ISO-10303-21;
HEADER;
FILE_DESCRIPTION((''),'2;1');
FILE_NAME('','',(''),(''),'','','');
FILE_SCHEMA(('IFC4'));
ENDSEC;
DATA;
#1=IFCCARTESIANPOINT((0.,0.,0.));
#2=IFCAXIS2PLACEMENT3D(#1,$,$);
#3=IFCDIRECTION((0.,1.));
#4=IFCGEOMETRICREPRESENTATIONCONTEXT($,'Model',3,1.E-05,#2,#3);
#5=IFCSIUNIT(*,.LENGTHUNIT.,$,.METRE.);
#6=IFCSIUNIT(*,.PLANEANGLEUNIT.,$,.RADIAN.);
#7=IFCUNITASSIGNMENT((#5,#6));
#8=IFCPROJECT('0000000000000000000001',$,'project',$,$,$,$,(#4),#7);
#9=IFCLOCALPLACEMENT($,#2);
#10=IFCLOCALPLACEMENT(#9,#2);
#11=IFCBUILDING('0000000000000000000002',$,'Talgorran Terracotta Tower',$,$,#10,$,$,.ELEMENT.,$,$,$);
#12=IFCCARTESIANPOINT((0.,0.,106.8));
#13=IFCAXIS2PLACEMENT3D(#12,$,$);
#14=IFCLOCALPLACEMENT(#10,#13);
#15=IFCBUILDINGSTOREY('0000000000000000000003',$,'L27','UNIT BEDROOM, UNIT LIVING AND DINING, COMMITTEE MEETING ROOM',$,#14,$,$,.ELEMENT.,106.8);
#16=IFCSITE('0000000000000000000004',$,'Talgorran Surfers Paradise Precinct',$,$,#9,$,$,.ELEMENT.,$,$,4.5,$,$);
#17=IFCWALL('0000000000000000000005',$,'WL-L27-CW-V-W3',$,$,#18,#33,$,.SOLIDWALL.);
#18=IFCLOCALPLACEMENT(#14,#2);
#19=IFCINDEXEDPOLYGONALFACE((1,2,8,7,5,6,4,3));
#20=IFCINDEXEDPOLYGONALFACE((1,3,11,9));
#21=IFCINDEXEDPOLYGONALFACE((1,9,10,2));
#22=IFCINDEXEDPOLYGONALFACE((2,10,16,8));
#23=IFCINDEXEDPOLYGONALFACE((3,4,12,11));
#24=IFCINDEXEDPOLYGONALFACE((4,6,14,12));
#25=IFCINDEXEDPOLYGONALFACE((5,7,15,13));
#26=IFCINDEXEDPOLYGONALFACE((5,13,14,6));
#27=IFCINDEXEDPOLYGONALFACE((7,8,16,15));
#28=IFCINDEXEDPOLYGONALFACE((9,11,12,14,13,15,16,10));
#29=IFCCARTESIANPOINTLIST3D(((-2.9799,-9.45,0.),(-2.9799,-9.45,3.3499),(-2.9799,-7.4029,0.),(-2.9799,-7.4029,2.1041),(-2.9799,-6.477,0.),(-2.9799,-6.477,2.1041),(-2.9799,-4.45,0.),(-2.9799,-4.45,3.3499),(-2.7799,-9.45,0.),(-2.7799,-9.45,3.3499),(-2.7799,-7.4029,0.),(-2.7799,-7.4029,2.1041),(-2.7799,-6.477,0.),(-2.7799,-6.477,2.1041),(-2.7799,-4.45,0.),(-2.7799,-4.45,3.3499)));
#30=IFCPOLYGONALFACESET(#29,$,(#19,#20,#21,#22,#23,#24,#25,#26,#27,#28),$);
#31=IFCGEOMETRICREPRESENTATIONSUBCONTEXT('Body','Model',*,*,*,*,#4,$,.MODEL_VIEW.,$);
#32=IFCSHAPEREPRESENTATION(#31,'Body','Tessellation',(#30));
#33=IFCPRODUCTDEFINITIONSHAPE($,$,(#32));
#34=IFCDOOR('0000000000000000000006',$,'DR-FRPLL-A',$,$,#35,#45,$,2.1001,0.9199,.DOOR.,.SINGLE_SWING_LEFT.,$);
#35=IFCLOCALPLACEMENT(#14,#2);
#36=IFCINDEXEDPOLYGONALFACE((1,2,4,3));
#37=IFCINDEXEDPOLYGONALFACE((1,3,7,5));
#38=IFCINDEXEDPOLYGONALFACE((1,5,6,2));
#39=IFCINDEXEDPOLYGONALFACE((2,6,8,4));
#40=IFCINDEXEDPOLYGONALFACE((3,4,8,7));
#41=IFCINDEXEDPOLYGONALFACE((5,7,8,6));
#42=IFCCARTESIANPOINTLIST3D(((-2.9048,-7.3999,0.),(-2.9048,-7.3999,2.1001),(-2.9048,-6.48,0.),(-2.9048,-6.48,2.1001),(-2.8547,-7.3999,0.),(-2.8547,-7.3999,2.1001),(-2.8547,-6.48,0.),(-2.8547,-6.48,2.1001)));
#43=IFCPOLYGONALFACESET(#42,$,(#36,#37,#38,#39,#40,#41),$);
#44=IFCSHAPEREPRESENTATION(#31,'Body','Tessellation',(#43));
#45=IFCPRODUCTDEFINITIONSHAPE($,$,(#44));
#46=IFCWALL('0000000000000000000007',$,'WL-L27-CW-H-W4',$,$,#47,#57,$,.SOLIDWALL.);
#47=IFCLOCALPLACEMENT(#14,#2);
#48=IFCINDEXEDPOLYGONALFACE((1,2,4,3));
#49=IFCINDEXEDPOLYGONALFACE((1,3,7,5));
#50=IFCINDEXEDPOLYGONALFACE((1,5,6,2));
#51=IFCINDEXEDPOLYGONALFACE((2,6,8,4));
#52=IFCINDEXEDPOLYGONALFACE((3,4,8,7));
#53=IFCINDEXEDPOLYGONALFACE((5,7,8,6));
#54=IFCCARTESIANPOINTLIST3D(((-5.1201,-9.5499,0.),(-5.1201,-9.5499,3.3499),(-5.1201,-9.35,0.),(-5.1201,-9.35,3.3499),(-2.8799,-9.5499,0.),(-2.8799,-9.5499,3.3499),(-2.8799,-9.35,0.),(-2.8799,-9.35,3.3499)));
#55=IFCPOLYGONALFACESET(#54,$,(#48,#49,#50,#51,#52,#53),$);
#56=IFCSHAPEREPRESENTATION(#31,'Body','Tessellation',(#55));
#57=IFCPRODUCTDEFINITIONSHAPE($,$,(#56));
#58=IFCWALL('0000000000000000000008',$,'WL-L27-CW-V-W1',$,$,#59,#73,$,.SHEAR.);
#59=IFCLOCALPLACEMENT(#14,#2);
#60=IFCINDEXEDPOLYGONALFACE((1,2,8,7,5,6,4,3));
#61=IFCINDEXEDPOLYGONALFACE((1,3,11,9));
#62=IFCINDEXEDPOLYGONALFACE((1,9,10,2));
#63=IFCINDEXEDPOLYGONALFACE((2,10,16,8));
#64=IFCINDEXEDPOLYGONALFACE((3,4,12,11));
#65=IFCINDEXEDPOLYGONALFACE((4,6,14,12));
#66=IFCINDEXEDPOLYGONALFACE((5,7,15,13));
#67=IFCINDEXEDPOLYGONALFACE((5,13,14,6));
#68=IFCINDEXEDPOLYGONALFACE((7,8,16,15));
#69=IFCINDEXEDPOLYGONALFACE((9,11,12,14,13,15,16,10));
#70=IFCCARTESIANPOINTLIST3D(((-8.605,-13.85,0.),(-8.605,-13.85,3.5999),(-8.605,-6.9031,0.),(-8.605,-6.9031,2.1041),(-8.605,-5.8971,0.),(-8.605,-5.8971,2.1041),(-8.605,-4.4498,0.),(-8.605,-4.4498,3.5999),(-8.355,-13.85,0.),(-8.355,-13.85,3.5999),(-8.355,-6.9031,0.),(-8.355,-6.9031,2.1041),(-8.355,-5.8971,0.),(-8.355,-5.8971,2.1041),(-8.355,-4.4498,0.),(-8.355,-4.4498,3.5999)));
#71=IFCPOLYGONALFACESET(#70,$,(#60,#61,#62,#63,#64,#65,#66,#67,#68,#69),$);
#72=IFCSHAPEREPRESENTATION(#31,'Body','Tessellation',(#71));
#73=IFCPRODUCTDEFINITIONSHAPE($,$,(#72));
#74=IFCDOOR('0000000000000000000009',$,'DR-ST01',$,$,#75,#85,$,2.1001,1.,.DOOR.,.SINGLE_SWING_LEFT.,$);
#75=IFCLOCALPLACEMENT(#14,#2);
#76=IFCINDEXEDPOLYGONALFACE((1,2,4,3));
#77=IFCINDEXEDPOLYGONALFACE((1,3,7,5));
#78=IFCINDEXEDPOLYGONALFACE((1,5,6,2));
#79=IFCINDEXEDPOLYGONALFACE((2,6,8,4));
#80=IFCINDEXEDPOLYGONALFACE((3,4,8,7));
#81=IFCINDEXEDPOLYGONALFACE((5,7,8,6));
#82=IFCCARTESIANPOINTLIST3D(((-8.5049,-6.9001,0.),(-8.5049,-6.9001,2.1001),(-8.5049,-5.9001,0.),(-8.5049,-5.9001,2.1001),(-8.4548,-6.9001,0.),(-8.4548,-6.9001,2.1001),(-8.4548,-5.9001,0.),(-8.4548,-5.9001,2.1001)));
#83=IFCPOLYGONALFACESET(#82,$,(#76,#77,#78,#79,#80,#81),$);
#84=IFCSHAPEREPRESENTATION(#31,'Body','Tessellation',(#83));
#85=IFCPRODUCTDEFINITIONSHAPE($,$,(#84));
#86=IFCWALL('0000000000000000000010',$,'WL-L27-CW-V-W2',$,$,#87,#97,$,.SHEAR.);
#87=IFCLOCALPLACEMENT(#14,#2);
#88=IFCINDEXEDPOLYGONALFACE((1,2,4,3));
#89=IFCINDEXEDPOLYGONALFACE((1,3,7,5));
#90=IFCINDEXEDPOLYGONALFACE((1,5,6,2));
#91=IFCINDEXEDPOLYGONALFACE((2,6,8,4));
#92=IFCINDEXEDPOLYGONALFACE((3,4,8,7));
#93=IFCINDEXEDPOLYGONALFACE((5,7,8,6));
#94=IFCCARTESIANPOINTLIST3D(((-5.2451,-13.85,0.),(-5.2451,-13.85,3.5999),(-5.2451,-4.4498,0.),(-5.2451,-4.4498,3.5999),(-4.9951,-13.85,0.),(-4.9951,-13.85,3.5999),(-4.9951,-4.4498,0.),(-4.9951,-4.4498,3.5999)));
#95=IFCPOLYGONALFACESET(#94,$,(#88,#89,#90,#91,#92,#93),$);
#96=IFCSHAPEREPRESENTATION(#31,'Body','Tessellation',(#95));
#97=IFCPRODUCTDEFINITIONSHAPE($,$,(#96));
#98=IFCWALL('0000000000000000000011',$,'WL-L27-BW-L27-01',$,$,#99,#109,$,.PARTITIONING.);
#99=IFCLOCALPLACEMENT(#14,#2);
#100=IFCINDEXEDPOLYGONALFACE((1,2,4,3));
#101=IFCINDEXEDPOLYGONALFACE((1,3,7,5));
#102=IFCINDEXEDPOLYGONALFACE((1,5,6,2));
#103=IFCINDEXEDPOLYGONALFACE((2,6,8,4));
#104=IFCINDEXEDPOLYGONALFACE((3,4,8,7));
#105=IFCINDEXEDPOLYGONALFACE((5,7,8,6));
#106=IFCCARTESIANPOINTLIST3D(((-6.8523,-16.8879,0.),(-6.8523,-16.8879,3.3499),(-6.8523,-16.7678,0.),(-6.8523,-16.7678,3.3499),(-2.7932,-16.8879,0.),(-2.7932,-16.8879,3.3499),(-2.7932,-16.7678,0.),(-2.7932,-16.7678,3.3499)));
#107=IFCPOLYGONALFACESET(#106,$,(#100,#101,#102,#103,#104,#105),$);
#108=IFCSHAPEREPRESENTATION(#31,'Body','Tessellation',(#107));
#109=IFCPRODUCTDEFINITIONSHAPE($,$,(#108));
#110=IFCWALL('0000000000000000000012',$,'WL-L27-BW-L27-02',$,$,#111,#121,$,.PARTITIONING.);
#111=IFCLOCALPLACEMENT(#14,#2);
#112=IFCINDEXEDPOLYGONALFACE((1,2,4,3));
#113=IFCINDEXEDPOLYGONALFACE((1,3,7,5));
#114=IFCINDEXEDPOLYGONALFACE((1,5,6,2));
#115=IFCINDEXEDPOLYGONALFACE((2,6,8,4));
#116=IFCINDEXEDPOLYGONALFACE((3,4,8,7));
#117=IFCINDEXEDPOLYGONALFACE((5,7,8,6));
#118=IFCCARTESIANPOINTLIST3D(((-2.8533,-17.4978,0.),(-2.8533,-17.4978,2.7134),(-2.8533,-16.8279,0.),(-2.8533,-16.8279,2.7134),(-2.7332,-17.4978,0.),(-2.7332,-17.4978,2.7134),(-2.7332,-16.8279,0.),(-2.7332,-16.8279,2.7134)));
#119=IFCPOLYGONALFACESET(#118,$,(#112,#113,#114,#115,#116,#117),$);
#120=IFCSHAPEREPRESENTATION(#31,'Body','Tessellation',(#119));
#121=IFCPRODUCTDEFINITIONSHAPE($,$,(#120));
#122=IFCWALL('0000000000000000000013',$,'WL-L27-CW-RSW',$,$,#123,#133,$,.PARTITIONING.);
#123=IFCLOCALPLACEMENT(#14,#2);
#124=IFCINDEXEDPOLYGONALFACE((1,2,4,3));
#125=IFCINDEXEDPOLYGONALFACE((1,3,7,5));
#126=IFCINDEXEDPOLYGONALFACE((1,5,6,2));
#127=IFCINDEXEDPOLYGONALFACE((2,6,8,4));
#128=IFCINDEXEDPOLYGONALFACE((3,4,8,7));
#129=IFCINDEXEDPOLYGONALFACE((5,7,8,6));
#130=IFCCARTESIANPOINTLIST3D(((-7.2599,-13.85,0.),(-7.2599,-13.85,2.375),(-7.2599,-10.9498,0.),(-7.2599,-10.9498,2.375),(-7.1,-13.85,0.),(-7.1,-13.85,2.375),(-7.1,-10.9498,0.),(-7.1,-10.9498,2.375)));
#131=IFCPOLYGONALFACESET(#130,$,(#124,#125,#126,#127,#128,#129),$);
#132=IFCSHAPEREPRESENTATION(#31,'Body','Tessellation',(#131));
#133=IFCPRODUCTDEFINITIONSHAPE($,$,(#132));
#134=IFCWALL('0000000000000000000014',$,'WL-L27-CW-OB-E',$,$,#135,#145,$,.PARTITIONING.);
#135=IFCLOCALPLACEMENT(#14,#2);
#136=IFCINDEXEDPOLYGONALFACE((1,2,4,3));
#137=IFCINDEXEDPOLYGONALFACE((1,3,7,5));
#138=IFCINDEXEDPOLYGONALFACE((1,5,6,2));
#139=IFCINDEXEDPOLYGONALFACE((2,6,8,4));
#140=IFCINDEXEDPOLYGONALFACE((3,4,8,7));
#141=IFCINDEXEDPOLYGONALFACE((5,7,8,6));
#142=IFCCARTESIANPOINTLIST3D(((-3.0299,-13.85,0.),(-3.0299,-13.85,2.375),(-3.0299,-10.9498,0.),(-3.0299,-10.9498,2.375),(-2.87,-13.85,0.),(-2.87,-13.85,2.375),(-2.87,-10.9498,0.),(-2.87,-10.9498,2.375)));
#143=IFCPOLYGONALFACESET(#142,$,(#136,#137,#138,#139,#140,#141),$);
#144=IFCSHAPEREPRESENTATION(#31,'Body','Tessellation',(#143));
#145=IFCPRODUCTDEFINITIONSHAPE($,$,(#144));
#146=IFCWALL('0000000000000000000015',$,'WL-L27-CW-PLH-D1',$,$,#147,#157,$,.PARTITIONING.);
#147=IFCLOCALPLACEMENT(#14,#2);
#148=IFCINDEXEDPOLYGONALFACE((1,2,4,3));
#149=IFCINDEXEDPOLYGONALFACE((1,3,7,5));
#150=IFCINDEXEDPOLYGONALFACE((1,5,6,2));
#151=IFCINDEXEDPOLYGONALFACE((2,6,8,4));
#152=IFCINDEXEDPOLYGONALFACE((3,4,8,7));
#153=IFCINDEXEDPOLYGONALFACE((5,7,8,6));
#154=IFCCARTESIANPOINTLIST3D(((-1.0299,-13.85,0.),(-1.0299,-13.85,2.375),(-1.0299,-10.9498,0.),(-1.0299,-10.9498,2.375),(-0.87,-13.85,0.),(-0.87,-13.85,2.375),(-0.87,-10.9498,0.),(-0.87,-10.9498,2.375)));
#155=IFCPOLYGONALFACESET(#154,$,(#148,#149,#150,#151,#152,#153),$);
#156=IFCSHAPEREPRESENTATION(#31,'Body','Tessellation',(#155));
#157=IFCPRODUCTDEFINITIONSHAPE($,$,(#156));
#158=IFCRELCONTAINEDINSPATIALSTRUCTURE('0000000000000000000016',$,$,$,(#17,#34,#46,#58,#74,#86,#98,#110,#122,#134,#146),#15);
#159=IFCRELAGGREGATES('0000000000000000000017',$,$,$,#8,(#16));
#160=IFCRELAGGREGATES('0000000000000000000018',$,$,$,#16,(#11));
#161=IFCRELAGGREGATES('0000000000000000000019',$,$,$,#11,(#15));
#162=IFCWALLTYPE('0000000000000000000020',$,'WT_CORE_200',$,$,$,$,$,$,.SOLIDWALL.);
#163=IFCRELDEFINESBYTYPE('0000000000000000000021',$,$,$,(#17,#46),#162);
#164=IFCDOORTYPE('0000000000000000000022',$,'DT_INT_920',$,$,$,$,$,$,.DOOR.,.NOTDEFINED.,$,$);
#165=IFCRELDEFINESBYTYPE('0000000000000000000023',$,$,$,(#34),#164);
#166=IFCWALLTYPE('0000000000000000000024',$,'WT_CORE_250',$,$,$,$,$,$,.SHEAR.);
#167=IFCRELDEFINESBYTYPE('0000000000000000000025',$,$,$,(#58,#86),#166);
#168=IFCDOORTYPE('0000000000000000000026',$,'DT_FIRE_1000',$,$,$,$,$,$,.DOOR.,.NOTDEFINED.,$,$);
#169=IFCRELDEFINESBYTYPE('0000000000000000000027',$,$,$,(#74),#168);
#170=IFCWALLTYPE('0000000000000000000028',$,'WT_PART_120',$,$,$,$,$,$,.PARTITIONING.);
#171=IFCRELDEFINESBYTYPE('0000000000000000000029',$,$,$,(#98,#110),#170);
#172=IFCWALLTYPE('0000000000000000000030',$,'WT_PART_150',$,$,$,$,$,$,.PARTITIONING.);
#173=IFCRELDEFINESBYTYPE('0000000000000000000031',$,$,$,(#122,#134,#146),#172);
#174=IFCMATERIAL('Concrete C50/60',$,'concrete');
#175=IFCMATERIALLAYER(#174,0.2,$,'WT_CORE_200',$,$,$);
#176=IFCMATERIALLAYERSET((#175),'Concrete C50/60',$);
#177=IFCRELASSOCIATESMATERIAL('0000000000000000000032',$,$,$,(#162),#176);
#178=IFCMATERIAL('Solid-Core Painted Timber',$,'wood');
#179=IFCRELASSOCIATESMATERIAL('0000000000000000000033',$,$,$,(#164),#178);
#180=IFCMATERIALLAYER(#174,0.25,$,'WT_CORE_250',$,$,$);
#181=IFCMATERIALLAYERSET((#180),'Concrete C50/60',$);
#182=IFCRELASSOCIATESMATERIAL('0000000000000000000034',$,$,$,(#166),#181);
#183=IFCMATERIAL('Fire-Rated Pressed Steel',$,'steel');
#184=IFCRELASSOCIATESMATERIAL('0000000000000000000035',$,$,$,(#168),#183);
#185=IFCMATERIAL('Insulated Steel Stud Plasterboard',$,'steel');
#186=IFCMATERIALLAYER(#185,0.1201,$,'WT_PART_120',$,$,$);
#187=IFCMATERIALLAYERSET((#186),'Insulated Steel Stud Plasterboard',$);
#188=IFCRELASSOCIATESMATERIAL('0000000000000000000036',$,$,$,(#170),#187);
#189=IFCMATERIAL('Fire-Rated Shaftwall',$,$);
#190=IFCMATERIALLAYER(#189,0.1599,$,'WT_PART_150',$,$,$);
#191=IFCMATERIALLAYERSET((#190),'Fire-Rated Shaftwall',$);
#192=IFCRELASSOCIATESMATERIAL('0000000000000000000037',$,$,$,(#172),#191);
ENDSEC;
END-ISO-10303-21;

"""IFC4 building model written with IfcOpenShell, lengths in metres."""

from ifc_helpers import new_model, si_unit, direction, frame, frame_2d, origin, place, context, subcontext, project, spatial, rectangle, extrude, material, layer, layer_set, type_object, element, fill, save


model = new_model("IFC4")

# Units and contexts
model_context = context("Model", 3, precision=1e-05, world=origin(), true_north=direction((0.0, 1.0)))
body_context = subcontext(model_context, "Body", "Model", "MODEL_VIEW")
ifc_project = project(units=[si_unit("LENGTHUNIT", "METRE"), si_unit("PLANEANGLEUNIT", "RADIAN")], contexts=[model_context])

# Site, building, storey
site_placement = place(None, origin())
site = spatial("IfcSite", under=ifc_project, at=site_placement, Name="Talgorran Surfers Paradise Precinct", CompositionType="ELEMENT", RefElevation=4.5)
building_placement = place(site_placement, origin())
building = spatial("IfcBuilding", under=site, at=building_placement, Name="Talgorran Terracotta Tower", CompositionType="ELEMENT")
storey_placement = place(building_placement, frame((0.0, 0.0, 106.8)))
storey = spatial("IfcBuildingStorey", under=building, at=storey_placement, Name="L27", Description="UNIT BEDROOM, UNIT LIVING AND DINING, COMMITTEE MEETING ROOM", CompositionType="ELEMENT", Elevation=106.8)

# Shared definitions
ifc_material_1 = material(Name="Concrete C50/60", Category="concrete")
ifc_layer_1 = layer(ifc_material_1, 0.2, Name="WT_CORE_200")
ifc_layer_set_1 = layer_set([ifc_layer_1], Name="Concrete C50/60")
wall_type_1 = type_object("IfcWallType", Name="WT_CORE_200", PredefinedType="SOLIDWALL", material=ifc_layer_set_1)
ifc_material_2 = material(Name="Fire-Rated Pressed Steel", Category="steel")

# Wall, opening, door
wall_1_placement = place(storey_placement, frame((-2.8799, -9.45, 0.0), z_axis=(0.0, 0.0, 1.0), x_axis=(0.0, 1.0, 0.0)))
wall_1 = element("IfcWall", 1, at=wall_1_placement, inside=storey, type_object=wall_type_1, Name="WL-L27-CW-V-W3", PredefinedType="SOLIDWALL", context=body_context, shape_type="SweptSolid", body=[
    extrude(rectangle(XDim=5.0, YDim=0.2, at=frame_2d((2.5, 0.0))), origin(), (0.0, 0.0, 1.0), 3.3499),
])
opening_1_placement = place(wall_1_placement, frame((2.05, 0.0, 0.0)))
opening_1 = element("IfcOpeningElement", 2, at=opening_1_placement, cuts=wall_1, PredefinedType="OPENING", context=body_context, shape_type="SweptSolid", body=[
    extrude(rectangle(XDim=0.9259, YDim=2.1041, at=frame_2d((0.46, 1.052))), frame((0.0, 0.1099, 0.0), z_axis=(0.0, -1.0, 0.0), x_axis=(1.0, 0.0, 0.0)), (0.0, 0.0, 1.0), 0.22),
])
ifc_material_3 = material(Name="Solid-Core Painted Timber", Category="wood")
door_type_1 = type_object("IfcDoorType", Name="DT_INT_920", OperationType="NOTDEFINED", PredefinedType="DOOR", material=ifc_material_3)
door_1_placement = place(opening_1_placement, origin())
door_1 = element("IfcDoor", 3, at=door_1_placement, inside=storey, type_object=door_type_1, Name="DR-FRPLL-A", OperationType="SINGLE_SWING_LEFT", OverallHeight=2.1001, OverallWidth=0.9199, PredefinedType="DOOR", context=body_context, shape_type="SweptSolid", body=[
    extrude(rectangle(XDim=0.9199, YDim=2.1001, at=frame_2d((0.46, 1.05))), frame((0.0, 0.0249, 0.0), z_axis=(0.0, -1.0, 0.0), x_axis=(1.0, 0.0, 0.0)), (0.0, 0.0, 1.0), 0.05),
])
fill(opening_1, door_1)

# Wall
wall_2_placement = place(storey_placement, frame((-5.1201, -9.45, 0.0), z_axis=(0.0, 0.0, 1.0), x_axis=(1.0, 0.0, 0.0)))
element("IfcWall", 4, at=wall_2_placement, inside=storey, type_object=wall_type_1, Name="WL-L27-CW-H-W4", PredefinedType="SOLIDWALL", context=body_context, shape_type="SweptSolid", body=[
    extrude(rectangle(XDim=2.2402, YDim=0.2, at=frame_2d((1.1201, 0.0))), origin(), (0.0, 0.0, 1.0), 3.3499),
])

# Wall, opening, door
ifc_layer_2 = layer(ifc_material_1, 0.25, Name="WT_CORE_250")
ifc_layer_set_2 = layer_set([ifc_layer_2], Name="Concrete C50/60")
wall_type_2 = type_object("IfcWallType", Name="WT_CORE_250", PredefinedType="SHEAR", material=ifc_layer_set_2)
wall_3_placement = place(storey_placement, frame((-8.48, -13.8501, 0.0), z_axis=(0.0, 0.0, 1.0), x_axis=(0.0, 1.0, 0.0)))
wall_3 = element("IfcWall", 5, at=wall_3_placement, inside=storey, type_object=wall_type_2, Name="WL-L27-CW-V-W1", PredefinedType="SHEAR", context=body_context, shape_type="SweptSolid", body=[
    extrude(rectangle(XDim=9.4001, YDim=0.25, at=frame_2d((4.7002, 0.0))), origin(), (0.0, 0.0, 1.0), 3.5999),
])
opening_2_placement = place(wall_3_placement, frame((6.95, 0.0, 0.0)))
opening_2 = element("IfcOpeningElement", 6, at=opening_2_placement, cuts=wall_3, PredefinedType="OPENING", context=body_context, shape_type="SweptSolid", body=[
    extrude(rectangle(XDim=1.006, YDim=2.1041, at=frame_2d((0.5, 1.052))), frame((0.0, 0.135, 0.0), z_axis=(0.0, -1.0, 0.0), x_axis=(1.0, 0.0, 0.0)), (0.0, 0.0, 1.0), 0.27),
])
door_type_2 = type_object("IfcDoorType", Name="DT_FIRE_1000", OperationType="NOTDEFINED", PredefinedType="DOOR", material=ifc_material_2)
door_2_placement = place(opening_2_placement, origin())
door_2 = element("IfcDoor", 7, at=door_2_placement, inside=storey, type_object=door_type_2, Name="DR-ST01", OperationType="SINGLE_SWING_LEFT", OverallHeight=2.1001, OverallWidth=1.0, PredefinedType="DOOR", context=body_context, shape_type="SweptSolid", body=[
    extrude(rectangle(XDim=1.0, YDim=2.1001, at=frame_2d((0.5, 1.05))), frame((0.0, 0.0249, 0.0), z_axis=(0.0, -1.0, 0.0), x_axis=(1.0, 0.0, 0.0)), (0.0, 0.0, 1.0), 0.05),
])
fill(opening_2, door_2)

# Walls
wall_4_placement = place(storey_placement, frame((-5.1201, -13.8501, 0.0), z_axis=(0.0, 0.0, 1.0), x_axis=(0.0, 1.0, 0.0)))
element("IfcWall", 8, at=wall_4_placement, inside=storey, type_object=wall_type_2, Name="WL-L27-CW-V-W2", PredefinedType="SHEAR", context=body_context, shape_type="SweptSolid", body=[
    extrude(rectangle(XDim=9.4001, YDim=0.25, at=frame_2d((4.7002, 0.0))), origin(), (0.0, 0.0, 1.0), 3.5999),
])
ifc_material_4 = material(Name="Insulated Steel Stud Plasterboard", Category="steel")
ifc_layer_3 = layer(ifc_material_4, 0.1201, Name="WT_PART_120")
ifc_layer_set_3 = layer_set([ifc_layer_3], Name="Insulated Steel Stud Plasterboard")
wall_type_3 = type_object("IfcWallType", Name="WT_PART_120", PredefinedType="PARTITIONING", material=ifc_layer_set_3)
wall_5_placement = place(storey_placement, frame((-6.8523, -16.8279, 0.0), z_axis=(0.0, 0.0, 1.0), x_axis=(1.0, 0.0, 0.0)))
element("IfcWall", 9, at=wall_5_placement, inside=storey, type_object=wall_type_3, Name="WL-L27-BW-L27-01", PredefinedType="PARTITIONING", context=body_context, shape_type="SweptSolid", body=[
    extrude(rectangle(XDim=4.0591, YDim=0.1201, at=frame_2d((2.0295, 0.0))), origin(), (0.0, 0.0, 1.0), 3.3499),
])
wall_6_placement = place(storey_placement, frame((-2.7932, -16.8279, 0.0), z_axis=(0.0, 0.0, 1.0), x_axis=(0.0, -1.0, 0.0)))
element("IfcWall", 10, at=wall_6_placement, inside=storey, type_object=wall_type_3, Name="WL-L27-BW-L27-02", PredefinedType="PARTITIONING", context=body_context, shape_type="SweptSolid", body=[
    extrude(rectangle(XDim=0.6699, YDim=0.1201, at=frame_2d((0.335, 0.0))), origin(), (0.0, 0.0, 1.0), 2.7134),
])
ifc_material_5 = material(Name="Fire-Rated Shaftwall")
ifc_layer_4 = layer(ifc_material_5, 0.1599, Name="WT_PART_150")
ifc_layer_set_4 = layer_set([ifc_layer_4], Name="Fire-Rated Shaftwall")
wall_type_4 = type_object("IfcWallType", Name="WT_PART_150", PredefinedType="PARTITIONING", material=ifc_layer_set_4)
for number, where, z_axis, x_axis, name in (
    (11, (-7.1799, -13.8501, 0.0), (0.0, 0.0, 1.0), (0.0, 1.0, 0.0), "WL-L27-CW-RSW"),
    (12, (-2.95, -13.8501, 0.0), (0.0, 0.0, 1.0), (0.0, 1.0, 0.0), "WL-L27-CW-OB-E"),
    (13, (-0.95, -13.8501, 0.0), (0.0, 0.0, 1.0), (0.0, 1.0, 0.0), "WL-L27-CW-PLH-D1"),
):
    element("IfcWall", number, at=place(storey_placement, frame(where, z_axis=z_axis, x_axis=x_axis)), inside=storey, type_object=wall_type_4, Name=name, PredefinedType="PARTITIONING", context=body_context, shape_type="SweptSolid", body=[
        extrude(rectangle(XDim=2.9001, YDim=0.1599, at=frame_2d((1.4502, 0.0))), origin(), (0.0, 0.0, 1.0), 2.375),
    ])

save(model, "model.ifc")
